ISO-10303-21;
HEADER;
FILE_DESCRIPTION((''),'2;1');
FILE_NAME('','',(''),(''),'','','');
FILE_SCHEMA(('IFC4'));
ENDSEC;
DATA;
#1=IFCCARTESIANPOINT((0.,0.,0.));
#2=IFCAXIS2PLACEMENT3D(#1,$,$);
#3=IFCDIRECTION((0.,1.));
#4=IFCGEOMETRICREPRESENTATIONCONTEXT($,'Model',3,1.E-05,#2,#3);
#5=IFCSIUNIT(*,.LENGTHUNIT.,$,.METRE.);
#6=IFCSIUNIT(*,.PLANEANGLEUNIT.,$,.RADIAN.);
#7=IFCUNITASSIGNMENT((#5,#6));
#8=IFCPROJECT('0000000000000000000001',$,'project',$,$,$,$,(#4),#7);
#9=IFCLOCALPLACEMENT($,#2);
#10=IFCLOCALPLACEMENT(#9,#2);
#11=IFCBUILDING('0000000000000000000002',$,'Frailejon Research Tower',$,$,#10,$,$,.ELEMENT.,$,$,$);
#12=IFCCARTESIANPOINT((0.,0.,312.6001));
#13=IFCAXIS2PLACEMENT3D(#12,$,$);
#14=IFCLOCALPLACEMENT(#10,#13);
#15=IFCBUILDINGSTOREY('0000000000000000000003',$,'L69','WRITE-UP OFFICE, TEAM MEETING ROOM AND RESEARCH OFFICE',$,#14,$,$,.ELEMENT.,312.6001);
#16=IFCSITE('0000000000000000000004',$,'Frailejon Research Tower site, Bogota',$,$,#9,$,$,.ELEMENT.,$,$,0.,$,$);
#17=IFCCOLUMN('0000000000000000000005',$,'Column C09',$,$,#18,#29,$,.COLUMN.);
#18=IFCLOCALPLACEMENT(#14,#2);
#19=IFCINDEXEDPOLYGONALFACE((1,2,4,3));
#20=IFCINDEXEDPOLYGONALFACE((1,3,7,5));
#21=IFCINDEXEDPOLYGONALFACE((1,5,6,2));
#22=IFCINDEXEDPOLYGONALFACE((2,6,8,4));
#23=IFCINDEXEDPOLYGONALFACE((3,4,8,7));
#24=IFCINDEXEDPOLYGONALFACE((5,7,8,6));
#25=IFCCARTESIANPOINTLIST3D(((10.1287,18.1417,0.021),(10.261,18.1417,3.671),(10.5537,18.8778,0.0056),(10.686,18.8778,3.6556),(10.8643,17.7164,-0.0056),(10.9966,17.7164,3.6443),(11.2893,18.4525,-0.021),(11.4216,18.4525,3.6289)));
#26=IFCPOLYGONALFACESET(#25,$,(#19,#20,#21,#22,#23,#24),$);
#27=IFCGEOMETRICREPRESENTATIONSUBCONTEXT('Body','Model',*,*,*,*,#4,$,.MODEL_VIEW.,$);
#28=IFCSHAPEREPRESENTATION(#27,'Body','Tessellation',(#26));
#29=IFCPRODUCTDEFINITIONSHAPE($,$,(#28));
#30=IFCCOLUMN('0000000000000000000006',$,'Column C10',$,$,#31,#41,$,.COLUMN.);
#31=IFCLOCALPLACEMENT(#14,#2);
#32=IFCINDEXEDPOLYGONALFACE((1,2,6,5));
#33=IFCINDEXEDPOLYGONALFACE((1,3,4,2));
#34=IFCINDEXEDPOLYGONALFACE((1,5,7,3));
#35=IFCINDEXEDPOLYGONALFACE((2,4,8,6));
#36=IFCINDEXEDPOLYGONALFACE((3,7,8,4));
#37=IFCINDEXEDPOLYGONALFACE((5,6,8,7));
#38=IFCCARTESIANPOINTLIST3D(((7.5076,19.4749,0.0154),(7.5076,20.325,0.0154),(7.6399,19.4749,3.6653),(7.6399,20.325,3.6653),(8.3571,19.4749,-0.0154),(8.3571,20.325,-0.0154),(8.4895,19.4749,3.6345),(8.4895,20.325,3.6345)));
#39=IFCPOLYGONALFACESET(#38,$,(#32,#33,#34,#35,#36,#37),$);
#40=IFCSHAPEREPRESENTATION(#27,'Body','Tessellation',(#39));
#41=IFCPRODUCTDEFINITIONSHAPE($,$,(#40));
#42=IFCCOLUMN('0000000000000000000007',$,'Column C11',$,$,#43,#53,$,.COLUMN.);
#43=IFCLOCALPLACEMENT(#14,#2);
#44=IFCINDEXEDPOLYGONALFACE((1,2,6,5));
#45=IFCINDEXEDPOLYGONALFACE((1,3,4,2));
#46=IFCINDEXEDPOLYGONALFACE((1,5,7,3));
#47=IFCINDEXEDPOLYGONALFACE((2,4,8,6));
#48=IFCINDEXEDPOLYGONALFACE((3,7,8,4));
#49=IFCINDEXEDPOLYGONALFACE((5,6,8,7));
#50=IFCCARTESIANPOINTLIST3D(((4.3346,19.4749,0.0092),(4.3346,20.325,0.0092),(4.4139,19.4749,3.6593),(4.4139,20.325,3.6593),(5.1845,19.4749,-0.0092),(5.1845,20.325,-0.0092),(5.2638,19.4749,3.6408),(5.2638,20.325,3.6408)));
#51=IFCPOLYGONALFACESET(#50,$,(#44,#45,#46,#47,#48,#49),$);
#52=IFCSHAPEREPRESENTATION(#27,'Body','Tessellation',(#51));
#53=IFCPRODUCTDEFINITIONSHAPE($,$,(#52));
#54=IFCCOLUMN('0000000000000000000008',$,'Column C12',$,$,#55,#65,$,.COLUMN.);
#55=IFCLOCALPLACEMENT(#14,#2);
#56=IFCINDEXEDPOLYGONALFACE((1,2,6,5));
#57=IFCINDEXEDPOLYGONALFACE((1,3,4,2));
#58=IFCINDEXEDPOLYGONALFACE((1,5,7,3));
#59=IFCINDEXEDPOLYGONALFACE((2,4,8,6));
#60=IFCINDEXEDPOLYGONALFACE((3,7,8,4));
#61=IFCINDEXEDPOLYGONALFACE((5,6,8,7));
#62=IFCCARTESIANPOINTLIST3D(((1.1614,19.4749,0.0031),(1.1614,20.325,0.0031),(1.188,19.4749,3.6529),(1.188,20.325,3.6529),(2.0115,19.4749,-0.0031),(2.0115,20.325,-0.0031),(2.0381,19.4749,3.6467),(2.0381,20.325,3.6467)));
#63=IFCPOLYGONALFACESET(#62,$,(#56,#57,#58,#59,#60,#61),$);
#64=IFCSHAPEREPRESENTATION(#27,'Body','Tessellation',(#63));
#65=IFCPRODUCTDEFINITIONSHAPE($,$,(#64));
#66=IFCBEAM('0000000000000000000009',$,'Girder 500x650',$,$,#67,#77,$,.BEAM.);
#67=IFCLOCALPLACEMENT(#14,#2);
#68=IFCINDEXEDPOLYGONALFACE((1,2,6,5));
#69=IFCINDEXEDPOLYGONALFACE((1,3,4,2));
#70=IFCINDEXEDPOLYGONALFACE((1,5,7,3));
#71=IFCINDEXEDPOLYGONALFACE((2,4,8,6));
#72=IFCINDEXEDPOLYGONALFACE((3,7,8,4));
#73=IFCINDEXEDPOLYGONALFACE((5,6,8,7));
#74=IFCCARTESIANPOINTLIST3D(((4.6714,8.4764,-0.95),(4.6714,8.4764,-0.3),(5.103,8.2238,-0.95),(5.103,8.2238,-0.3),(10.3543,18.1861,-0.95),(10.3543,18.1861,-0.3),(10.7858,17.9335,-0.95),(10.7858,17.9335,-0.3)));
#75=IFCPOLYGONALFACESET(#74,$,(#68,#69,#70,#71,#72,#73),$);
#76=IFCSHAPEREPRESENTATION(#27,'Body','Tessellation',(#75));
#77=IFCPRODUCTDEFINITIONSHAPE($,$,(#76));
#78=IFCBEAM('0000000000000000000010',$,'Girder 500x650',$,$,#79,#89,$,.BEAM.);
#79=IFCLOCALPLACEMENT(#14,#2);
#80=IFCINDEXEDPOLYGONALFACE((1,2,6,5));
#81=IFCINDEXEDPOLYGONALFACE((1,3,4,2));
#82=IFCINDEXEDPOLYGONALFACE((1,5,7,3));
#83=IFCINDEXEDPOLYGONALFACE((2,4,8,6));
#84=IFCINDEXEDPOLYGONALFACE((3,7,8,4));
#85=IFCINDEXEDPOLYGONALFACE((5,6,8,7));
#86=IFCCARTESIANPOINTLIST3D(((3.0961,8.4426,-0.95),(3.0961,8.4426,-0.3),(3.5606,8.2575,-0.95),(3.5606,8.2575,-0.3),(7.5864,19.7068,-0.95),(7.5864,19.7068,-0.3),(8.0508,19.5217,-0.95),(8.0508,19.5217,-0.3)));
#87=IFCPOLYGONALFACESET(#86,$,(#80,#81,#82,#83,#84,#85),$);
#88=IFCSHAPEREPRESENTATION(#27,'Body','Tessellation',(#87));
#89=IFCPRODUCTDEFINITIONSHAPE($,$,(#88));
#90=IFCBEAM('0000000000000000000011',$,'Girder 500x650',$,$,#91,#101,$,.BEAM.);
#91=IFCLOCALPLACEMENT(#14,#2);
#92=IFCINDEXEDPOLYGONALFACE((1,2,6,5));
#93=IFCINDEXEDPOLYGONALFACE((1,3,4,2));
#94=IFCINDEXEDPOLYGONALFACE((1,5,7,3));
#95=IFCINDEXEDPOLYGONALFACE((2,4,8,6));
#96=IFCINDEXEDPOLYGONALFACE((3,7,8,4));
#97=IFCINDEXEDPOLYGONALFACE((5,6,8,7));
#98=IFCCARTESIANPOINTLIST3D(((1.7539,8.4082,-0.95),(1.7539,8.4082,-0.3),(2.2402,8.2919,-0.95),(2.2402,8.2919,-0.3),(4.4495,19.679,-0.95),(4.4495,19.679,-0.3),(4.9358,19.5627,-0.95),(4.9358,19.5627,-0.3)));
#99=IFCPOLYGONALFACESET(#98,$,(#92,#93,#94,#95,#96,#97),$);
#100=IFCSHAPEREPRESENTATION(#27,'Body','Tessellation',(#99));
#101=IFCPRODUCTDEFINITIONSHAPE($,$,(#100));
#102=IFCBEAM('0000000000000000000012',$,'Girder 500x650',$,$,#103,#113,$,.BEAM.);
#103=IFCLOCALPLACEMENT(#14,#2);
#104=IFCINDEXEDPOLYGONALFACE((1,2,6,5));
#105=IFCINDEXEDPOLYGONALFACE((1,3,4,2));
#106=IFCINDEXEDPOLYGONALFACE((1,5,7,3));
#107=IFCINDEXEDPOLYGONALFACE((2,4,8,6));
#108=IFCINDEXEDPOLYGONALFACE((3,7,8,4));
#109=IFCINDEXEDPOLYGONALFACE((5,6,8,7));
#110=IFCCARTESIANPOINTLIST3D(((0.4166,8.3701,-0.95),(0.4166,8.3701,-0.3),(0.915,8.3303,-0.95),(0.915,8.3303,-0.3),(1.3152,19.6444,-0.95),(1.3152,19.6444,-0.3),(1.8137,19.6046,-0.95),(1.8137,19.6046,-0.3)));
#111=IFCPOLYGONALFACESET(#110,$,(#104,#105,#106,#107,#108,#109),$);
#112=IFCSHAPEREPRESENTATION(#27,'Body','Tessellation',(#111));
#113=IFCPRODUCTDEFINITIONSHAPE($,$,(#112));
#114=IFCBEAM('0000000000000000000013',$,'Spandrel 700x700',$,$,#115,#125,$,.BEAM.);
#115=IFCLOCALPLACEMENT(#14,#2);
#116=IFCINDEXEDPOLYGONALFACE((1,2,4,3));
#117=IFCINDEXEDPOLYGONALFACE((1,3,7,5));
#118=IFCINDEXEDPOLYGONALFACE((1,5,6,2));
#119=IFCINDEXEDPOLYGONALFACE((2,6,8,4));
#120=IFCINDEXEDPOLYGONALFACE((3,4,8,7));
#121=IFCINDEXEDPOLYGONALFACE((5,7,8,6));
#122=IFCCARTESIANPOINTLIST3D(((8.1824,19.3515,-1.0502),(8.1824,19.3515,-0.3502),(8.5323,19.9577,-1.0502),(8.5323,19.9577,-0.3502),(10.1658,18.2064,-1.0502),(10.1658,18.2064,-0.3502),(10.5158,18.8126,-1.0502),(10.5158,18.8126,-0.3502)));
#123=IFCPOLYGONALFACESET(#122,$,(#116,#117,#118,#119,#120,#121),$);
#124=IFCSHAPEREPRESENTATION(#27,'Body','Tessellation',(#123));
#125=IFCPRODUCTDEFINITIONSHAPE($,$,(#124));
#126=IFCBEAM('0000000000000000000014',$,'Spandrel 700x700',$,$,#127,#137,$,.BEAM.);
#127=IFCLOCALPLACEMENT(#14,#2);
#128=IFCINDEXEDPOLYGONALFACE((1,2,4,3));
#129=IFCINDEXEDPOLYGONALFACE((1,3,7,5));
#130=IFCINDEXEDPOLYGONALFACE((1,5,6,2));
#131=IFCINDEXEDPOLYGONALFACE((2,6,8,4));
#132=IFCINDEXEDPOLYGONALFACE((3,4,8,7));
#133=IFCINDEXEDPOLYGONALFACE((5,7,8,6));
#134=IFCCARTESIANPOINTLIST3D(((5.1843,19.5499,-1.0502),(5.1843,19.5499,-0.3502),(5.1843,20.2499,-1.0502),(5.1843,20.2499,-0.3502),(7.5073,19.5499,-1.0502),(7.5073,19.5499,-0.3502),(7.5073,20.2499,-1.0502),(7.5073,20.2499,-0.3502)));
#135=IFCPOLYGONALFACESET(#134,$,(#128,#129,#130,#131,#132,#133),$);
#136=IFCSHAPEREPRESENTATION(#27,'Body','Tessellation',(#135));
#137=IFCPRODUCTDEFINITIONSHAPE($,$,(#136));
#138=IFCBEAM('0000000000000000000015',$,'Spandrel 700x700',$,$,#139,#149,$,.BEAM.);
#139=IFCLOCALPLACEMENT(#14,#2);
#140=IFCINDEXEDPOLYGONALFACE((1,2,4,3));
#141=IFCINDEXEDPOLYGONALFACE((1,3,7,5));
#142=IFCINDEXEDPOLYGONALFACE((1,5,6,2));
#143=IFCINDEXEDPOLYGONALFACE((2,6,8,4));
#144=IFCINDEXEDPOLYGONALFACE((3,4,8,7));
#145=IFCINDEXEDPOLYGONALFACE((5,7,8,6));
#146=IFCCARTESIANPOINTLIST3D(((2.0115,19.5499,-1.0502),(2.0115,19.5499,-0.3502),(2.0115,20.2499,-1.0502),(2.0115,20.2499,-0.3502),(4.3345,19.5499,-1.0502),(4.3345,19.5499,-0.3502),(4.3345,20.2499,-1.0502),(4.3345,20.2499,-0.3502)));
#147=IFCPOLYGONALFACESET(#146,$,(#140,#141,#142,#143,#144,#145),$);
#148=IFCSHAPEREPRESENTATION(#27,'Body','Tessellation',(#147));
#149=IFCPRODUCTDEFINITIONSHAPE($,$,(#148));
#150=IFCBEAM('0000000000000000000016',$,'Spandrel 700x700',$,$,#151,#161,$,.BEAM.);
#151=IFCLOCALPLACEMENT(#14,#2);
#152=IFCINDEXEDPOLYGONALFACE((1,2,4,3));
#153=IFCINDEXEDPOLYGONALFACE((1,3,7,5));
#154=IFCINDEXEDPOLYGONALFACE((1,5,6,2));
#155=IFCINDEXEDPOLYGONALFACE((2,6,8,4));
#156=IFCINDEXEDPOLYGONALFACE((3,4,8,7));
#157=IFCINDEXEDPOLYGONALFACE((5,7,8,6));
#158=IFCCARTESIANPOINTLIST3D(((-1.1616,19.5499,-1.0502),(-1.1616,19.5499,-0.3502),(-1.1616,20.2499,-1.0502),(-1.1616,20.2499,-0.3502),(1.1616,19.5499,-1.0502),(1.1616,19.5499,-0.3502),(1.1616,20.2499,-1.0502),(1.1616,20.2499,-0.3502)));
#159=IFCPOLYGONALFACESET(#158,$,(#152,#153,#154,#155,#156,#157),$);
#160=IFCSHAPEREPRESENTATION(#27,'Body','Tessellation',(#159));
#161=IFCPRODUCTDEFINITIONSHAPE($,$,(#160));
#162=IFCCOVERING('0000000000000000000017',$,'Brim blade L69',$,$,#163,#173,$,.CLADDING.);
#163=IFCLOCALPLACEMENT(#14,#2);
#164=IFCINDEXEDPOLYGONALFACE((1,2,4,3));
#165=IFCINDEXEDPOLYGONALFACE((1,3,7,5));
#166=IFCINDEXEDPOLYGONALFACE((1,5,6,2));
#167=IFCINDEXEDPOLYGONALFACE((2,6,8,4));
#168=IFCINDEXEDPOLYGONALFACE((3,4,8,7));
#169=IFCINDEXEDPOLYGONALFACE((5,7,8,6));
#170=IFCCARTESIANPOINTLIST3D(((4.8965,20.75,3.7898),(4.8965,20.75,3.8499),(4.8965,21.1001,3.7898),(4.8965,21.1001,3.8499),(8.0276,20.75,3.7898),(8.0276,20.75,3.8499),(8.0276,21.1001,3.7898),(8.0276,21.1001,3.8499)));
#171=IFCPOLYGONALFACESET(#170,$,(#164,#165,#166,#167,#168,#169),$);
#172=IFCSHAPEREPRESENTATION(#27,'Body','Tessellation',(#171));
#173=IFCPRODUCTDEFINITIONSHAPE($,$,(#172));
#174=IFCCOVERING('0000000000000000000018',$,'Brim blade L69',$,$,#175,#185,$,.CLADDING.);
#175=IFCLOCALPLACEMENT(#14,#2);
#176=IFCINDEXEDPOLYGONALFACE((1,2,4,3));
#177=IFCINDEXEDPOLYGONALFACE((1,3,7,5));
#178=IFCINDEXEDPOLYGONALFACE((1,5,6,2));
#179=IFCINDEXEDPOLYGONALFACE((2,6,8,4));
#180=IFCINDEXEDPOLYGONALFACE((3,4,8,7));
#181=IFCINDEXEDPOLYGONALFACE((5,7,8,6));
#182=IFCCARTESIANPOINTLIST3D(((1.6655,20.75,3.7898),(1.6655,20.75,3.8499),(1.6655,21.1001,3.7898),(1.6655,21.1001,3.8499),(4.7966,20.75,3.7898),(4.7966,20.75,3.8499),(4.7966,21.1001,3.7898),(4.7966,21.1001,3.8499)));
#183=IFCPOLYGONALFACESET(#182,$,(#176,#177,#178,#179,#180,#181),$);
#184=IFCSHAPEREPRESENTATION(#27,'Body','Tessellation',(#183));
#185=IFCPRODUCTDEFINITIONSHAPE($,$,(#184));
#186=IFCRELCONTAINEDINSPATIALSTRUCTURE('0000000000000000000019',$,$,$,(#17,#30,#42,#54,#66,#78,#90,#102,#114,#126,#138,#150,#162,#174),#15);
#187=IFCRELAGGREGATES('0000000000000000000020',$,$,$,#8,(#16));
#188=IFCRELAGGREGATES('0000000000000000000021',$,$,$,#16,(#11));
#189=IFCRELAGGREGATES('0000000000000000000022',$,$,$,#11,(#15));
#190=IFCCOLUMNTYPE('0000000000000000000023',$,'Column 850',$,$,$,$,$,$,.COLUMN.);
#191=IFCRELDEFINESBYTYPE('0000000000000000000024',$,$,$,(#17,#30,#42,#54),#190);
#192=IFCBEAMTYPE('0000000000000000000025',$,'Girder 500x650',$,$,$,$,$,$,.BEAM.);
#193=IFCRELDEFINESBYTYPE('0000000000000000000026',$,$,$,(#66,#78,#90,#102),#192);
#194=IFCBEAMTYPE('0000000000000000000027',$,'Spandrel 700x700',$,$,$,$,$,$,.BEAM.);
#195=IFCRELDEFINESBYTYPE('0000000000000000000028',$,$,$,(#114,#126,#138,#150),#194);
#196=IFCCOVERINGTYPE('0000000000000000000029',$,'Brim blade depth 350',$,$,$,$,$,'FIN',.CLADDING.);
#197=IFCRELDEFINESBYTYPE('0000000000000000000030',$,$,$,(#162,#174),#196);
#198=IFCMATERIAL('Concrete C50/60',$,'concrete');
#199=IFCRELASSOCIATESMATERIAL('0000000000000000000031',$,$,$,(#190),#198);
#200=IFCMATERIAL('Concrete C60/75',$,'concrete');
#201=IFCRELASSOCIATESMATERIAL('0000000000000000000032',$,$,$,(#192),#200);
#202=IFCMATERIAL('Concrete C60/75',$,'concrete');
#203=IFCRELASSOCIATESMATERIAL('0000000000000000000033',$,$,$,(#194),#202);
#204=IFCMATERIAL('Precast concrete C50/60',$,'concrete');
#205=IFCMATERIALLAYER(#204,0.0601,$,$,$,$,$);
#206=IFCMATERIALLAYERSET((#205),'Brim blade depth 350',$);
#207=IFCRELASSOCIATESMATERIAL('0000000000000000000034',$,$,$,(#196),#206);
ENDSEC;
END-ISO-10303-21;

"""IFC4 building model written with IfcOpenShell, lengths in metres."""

from ifc_helpers import new_model, si_unit, direction, frame, origin, origin_2d, place, context, subcontext, project, spatial, polyline, rectangle, outline, extrude, material, layer, layer_set, material_profile, profile_set, type_object, element, save


model = new_model("IFC4")

# Units and contexts
model_context = context("Model", 3, precision=1e-05, world=origin(), true_north=direction((0.0, 1.0)))
body_context = subcontext(model_context, "Body", "Model", "MODEL_VIEW")
ifc_project = project(units=[si_unit("LENGTHUNIT", "METRE"), si_unit("PLANEANGLEUNIT", "RADIAN")], contexts=[model_context])

# Site, building, storey
site_placement = place(None, origin())
site = spatial("IfcSite", under=ifc_project, at=site_placement, Name="Frailejon Research Tower site, Bogota", CompositionType="ELEMENT", RefElevation=0.0)
building_placement = place(site_placement, origin())
building = spatial("IfcBuilding", under=site, at=building_placement, Name="Frailejon Research Tower", CompositionType="ELEMENT")
storey_placement = place(building_placement, frame((0.0, 0.0, 312.6001)))
storey = spatial("IfcBuildingStorey", under=building, at=storey_placement, Name="L69", Description="WRITE-UP OFFICE, TEAM MEETING ROOM AND RESEARCH OFFICE", CompositionType="ELEMENT", Elevation=312.6001)

# Columns
ifc_material_1 = material(Name="Concrete C50/60", Category="concrete")
ifc_material_profile_1 = material_profile(ifc_material_1, rectangle(XDim=0.8501, YDim=0.8501, at=origin_2d()), Name="Column 850")
ifc_profile_set_1 = profile_set([ifc_material_profile_1], Name="Concrete C50/60")
column_type = type_object("IfcColumnType", Name="Column 850", PredefinedType="COLUMN", material=ifc_profile_set_1)
for number, where, z_axis, x_axis, name in (
    (1, (10.709, 18.2971, 0.0), (0.03623, 0.0, 0.999343), (-0.865315, 0.500246, 0.031371), "Column C09"),
    (2, (7.9324, 19.8999, 0.0), (0.03623, 0.0, 0.999343), (-0.999343, 0.0, 0.03623), "Column C10"),
):
    element("IfcColumn", number, at=place(storey_placement, frame(where, z_axis=z_axis, x_axis=x_axis)), inside=storey, type_object=column_type, Name=name, PredefinedType="COLUMN", context=body_context, shape_type="SweptSolid", body=[
        extrude(rectangle(XDim=0.8501, YDim=0.8501, at=origin_2d()), origin(), (0.0, 0.0, 1.0), 3.6523),
    ])
column_1_placement = place(storey_placement, frame((4.7595, 19.8999, 0.0), z_axis=(0.021734, 0.0, 0.999764), x_axis=(-0.999764, 0.0, 0.021734)))
element("IfcColumn", 3, at=column_1_placement, inside=storey, type_object=column_type, Name="Column C11", PredefinedType="COLUMN", context=body_context, shape_type="SweptSolid", body=[
    extrude(rectangle(XDim=0.8501, YDim=0.8501, at=origin_2d()), origin(), (0.0, 0.0, 1.0), 3.6509),
])
column_2_placement = place(storey_placement, frame((1.5864, 19.8999, 0.0), z_axis=(0.007291, 0.0, 0.999973), x_axis=(-0.999973, 0.0, 0.007291)))
element("IfcColumn", 4, at=column_2_placement, inside=storey, type_object=column_type, Name="Column C12", PredefinedType="COLUMN", context=body_context, shape_type="SweptSolid", body=[
    extrude(rectangle(XDim=0.8501, YDim=0.8501, at=origin_2d()), origin(), (0.0, 0.0, 1.0), 3.6499),
])

# Beams
ifc_material_2 = material(Name="Concrete C60/75", Category="concrete")
ifc_material_profile_2 = material_profile(ifc_material_2, rectangle(XDim=0.5, YDim=0.6499, at=origin_2d()), Name="Girder 500x650")
ifc_profile_set_2 = profile_set([ifc_material_profile_2], Name="Concrete C60/75")
beam_type_1 = type_object("IfcBeamType", Name="Girder 500x650", PredefinedType="BEAM", material=ifc_profile_set_2)
beam_1_placement = place(storey_placement, frame((10.5701, 18.0598, -0.625), z_axis=(-0.505121, -0.863048, 0.0), x_axis=(0.863048, -0.505121, 0.0)))
element("IfcBeam", 5, at=beam_1_placement, inside=storey, type_object=beam_type_1, Name="Girder 500x650", PredefinedType="BEAM", context=body_context, shape_type="SweptSolid", body=[
    extrude(rectangle(XDim=0.5, YDim=0.6499, at=origin_2d()), origin(), (0.0, 0.0, 1.0), 11.2505),
])
beam_2_placement = place(storey_placement, frame((7.8186, 19.6143, -0.625), z_axis=(-0.370293, -0.928915, 0.0), x_axis=(0.928915, -0.370293, 0.0)))
element("IfcBeam", 6, at=beam_2_placement, inside=storey, type_object=beam_type_1, Name="Girder 500x650", PredefinedType="BEAM", context=body_context, shape_type="SweptSolid", body=[
    extrude(rectangle(XDim=0.5, YDim=0.6499, at=origin_2d()), origin(), (0.0, 0.0, 1.0), 12.1262),
])
beam_3_placement = place(storey_placement, frame((4.6926, 19.6208, -0.625), z_axis=(-0.232604, -0.972572, 0.0), x_axis=(0.972572, -0.232604, 0.0)))
element("IfcBeam", 7, at=beam_3_placement, inside=storey, type_object=beam_type_1, Name="Girder 500x650", PredefinedType="BEAM", context=body_context, shape_type="SweptSolid", body=[
    extrude(rectangle(XDim=0.5, YDim=0.6499, at=origin_2d()), origin(), (0.0, 0.0, 1.0), 11.5886),
])
beam_4_placement = place(storey_placement, frame((1.5645, 19.6245, -0.625), z_axis=(-0.079458, -0.996838, 0.0), x_axis=(0.996838, -0.079458, 0.0)))
element("IfcBeam", 8, at=beam_4_placement, inside=storey, type_object=beam_type_1, Name="Girder 500x650", PredefinedType="BEAM", context=body_context, shape_type="SweptSolid", body=[
    extrude(rectangle(XDim=0.5, YDim=0.6499, at=origin_2d()), origin(), (0.0, 0.0, 1.0), 11.3101),
])
ifc_material_3 = material(Name="Concrete C60/75", Category="concrete")
ifc_material_profile_3 = material_profile(ifc_material_3, rectangle(XDim=0.7, YDim=0.7, at=origin_2d()), Name="Spandrel 700x700")
ifc_profile_set_3 = profile_set([ifc_material_profile_3], Name="Concrete C60/75")
beam_type_2 = type_object("IfcBeamType", Name="Spandrel 700x700", PredefinedType="BEAM", material=ifc_profile_set_3)
beam_5_placement = place(storey_placement, frame((10.3408, 18.5095, -0.7002), z_axis=(-0.866044, 0.499969, 0.0), x_axis=(-0.499969, -0.866044, 0.0)))
element("IfcBeam", 9, at=beam_5_placement, inside=storey, type_object=beam_type_2, Name="Spandrel 700x700", PredefinedType="BEAM", context=body_context, shape_type="SweptSolid", body=[
    extrude(rectangle(XDim=0.7, YDim=0.7, at=origin_2d()), origin(), (0.0, 0.0, 1.0), 2.2903),
])
for number, where, z_axis, x_axis, name in (
    (10, (7.5073, 19.8999, -0.7002), (-1.0, 0.0, 0.0), (0.0, -1.0, 0.0), "Spandrel 700x700"),
    (11, (4.3345, 19.8999, -0.7002), (-1.0, 0.0, 0.0), (0.0, -1.0, 0.0), "Spandrel 700x700"),
):
    element("IfcBeam", number, at=place(storey_placement, frame(where, z_axis=z_axis, x_axis=x_axis)), inside=storey, type_object=beam_type_2, Name=name, PredefinedType="BEAM", context=body_context, shape_type="SweptSolid", body=[
        extrude(rectangle(XDim=0.7, YDim=0.7, at=origin_2d()), origin(), (0.0, 0.0, 1.0), 2.323),
    ])
beam_6_placement = place(storey_placement, frame((1.1616, 19.8999, -0.7002), z_axis=(-1.0, 0.0, 0.0), x_axis=(0.0, -1.0, 0.0)))
element("IfcBeam", 12, at=beam_6_placement, inside=storey, type_object=beam_type_2, Name="Spandrel 700x700", PredefinedType="BEAM", context=body_context, shape_type="SweptSolid", body=[
    extrude(rectangle(XDim=0.7, YDim=0.7, at=origin_2d()), origin(), (0.0, 0.0, 1.0), 2.3232),
])

# Coverings
ifc_material_4 = material(Name="Precast concrete C50/60", Category="concrete")
ifc_layer_1 = layer(ifc_material_4, 0.0601)
ifc_layer_set_1 = layer_set([ifc_layer_1], Name="Brim blade depth 350")
covering_type_1 = type_object("IfcCoveringType", Name="Brim blade depth 350", ElementType="FIN", PredefinedType="CLADDING", material=ifc_layer_set_1)
for number, where, z_axis, x_axis, name in (
    (13, (4.8965, 20.75, 3.8499), (1.0, 0.0, 0.0), (0.0, 1.0, 0.0), "Brim blade L69"),
    (14, (1.6655, 20.75, 3.8499), (1.0, 0.0, 0.0), (0.0, 1.0, 0.0), "Brim blade L69"),
):
    element("IfcCovering", number, at=place(storey_placement, frame(where, z_axis=z_axis, x_axis=x_axis)), inside=storey, type_object=covering_type_1, Name=name, PredefinedType="CLADDING", context=body_context, shape_type="SweptSolid", body=[
        extrude(outline(polyline([(0.0, -0.0601), (0.3501, -0.0601), (0.3501, 0.0), (0.0, 0.0), (0.0, -0.0601)])), origin(), (0.0, 0.0, 1.0), 3.1311),
    ])

save(model, "model.ifc")
